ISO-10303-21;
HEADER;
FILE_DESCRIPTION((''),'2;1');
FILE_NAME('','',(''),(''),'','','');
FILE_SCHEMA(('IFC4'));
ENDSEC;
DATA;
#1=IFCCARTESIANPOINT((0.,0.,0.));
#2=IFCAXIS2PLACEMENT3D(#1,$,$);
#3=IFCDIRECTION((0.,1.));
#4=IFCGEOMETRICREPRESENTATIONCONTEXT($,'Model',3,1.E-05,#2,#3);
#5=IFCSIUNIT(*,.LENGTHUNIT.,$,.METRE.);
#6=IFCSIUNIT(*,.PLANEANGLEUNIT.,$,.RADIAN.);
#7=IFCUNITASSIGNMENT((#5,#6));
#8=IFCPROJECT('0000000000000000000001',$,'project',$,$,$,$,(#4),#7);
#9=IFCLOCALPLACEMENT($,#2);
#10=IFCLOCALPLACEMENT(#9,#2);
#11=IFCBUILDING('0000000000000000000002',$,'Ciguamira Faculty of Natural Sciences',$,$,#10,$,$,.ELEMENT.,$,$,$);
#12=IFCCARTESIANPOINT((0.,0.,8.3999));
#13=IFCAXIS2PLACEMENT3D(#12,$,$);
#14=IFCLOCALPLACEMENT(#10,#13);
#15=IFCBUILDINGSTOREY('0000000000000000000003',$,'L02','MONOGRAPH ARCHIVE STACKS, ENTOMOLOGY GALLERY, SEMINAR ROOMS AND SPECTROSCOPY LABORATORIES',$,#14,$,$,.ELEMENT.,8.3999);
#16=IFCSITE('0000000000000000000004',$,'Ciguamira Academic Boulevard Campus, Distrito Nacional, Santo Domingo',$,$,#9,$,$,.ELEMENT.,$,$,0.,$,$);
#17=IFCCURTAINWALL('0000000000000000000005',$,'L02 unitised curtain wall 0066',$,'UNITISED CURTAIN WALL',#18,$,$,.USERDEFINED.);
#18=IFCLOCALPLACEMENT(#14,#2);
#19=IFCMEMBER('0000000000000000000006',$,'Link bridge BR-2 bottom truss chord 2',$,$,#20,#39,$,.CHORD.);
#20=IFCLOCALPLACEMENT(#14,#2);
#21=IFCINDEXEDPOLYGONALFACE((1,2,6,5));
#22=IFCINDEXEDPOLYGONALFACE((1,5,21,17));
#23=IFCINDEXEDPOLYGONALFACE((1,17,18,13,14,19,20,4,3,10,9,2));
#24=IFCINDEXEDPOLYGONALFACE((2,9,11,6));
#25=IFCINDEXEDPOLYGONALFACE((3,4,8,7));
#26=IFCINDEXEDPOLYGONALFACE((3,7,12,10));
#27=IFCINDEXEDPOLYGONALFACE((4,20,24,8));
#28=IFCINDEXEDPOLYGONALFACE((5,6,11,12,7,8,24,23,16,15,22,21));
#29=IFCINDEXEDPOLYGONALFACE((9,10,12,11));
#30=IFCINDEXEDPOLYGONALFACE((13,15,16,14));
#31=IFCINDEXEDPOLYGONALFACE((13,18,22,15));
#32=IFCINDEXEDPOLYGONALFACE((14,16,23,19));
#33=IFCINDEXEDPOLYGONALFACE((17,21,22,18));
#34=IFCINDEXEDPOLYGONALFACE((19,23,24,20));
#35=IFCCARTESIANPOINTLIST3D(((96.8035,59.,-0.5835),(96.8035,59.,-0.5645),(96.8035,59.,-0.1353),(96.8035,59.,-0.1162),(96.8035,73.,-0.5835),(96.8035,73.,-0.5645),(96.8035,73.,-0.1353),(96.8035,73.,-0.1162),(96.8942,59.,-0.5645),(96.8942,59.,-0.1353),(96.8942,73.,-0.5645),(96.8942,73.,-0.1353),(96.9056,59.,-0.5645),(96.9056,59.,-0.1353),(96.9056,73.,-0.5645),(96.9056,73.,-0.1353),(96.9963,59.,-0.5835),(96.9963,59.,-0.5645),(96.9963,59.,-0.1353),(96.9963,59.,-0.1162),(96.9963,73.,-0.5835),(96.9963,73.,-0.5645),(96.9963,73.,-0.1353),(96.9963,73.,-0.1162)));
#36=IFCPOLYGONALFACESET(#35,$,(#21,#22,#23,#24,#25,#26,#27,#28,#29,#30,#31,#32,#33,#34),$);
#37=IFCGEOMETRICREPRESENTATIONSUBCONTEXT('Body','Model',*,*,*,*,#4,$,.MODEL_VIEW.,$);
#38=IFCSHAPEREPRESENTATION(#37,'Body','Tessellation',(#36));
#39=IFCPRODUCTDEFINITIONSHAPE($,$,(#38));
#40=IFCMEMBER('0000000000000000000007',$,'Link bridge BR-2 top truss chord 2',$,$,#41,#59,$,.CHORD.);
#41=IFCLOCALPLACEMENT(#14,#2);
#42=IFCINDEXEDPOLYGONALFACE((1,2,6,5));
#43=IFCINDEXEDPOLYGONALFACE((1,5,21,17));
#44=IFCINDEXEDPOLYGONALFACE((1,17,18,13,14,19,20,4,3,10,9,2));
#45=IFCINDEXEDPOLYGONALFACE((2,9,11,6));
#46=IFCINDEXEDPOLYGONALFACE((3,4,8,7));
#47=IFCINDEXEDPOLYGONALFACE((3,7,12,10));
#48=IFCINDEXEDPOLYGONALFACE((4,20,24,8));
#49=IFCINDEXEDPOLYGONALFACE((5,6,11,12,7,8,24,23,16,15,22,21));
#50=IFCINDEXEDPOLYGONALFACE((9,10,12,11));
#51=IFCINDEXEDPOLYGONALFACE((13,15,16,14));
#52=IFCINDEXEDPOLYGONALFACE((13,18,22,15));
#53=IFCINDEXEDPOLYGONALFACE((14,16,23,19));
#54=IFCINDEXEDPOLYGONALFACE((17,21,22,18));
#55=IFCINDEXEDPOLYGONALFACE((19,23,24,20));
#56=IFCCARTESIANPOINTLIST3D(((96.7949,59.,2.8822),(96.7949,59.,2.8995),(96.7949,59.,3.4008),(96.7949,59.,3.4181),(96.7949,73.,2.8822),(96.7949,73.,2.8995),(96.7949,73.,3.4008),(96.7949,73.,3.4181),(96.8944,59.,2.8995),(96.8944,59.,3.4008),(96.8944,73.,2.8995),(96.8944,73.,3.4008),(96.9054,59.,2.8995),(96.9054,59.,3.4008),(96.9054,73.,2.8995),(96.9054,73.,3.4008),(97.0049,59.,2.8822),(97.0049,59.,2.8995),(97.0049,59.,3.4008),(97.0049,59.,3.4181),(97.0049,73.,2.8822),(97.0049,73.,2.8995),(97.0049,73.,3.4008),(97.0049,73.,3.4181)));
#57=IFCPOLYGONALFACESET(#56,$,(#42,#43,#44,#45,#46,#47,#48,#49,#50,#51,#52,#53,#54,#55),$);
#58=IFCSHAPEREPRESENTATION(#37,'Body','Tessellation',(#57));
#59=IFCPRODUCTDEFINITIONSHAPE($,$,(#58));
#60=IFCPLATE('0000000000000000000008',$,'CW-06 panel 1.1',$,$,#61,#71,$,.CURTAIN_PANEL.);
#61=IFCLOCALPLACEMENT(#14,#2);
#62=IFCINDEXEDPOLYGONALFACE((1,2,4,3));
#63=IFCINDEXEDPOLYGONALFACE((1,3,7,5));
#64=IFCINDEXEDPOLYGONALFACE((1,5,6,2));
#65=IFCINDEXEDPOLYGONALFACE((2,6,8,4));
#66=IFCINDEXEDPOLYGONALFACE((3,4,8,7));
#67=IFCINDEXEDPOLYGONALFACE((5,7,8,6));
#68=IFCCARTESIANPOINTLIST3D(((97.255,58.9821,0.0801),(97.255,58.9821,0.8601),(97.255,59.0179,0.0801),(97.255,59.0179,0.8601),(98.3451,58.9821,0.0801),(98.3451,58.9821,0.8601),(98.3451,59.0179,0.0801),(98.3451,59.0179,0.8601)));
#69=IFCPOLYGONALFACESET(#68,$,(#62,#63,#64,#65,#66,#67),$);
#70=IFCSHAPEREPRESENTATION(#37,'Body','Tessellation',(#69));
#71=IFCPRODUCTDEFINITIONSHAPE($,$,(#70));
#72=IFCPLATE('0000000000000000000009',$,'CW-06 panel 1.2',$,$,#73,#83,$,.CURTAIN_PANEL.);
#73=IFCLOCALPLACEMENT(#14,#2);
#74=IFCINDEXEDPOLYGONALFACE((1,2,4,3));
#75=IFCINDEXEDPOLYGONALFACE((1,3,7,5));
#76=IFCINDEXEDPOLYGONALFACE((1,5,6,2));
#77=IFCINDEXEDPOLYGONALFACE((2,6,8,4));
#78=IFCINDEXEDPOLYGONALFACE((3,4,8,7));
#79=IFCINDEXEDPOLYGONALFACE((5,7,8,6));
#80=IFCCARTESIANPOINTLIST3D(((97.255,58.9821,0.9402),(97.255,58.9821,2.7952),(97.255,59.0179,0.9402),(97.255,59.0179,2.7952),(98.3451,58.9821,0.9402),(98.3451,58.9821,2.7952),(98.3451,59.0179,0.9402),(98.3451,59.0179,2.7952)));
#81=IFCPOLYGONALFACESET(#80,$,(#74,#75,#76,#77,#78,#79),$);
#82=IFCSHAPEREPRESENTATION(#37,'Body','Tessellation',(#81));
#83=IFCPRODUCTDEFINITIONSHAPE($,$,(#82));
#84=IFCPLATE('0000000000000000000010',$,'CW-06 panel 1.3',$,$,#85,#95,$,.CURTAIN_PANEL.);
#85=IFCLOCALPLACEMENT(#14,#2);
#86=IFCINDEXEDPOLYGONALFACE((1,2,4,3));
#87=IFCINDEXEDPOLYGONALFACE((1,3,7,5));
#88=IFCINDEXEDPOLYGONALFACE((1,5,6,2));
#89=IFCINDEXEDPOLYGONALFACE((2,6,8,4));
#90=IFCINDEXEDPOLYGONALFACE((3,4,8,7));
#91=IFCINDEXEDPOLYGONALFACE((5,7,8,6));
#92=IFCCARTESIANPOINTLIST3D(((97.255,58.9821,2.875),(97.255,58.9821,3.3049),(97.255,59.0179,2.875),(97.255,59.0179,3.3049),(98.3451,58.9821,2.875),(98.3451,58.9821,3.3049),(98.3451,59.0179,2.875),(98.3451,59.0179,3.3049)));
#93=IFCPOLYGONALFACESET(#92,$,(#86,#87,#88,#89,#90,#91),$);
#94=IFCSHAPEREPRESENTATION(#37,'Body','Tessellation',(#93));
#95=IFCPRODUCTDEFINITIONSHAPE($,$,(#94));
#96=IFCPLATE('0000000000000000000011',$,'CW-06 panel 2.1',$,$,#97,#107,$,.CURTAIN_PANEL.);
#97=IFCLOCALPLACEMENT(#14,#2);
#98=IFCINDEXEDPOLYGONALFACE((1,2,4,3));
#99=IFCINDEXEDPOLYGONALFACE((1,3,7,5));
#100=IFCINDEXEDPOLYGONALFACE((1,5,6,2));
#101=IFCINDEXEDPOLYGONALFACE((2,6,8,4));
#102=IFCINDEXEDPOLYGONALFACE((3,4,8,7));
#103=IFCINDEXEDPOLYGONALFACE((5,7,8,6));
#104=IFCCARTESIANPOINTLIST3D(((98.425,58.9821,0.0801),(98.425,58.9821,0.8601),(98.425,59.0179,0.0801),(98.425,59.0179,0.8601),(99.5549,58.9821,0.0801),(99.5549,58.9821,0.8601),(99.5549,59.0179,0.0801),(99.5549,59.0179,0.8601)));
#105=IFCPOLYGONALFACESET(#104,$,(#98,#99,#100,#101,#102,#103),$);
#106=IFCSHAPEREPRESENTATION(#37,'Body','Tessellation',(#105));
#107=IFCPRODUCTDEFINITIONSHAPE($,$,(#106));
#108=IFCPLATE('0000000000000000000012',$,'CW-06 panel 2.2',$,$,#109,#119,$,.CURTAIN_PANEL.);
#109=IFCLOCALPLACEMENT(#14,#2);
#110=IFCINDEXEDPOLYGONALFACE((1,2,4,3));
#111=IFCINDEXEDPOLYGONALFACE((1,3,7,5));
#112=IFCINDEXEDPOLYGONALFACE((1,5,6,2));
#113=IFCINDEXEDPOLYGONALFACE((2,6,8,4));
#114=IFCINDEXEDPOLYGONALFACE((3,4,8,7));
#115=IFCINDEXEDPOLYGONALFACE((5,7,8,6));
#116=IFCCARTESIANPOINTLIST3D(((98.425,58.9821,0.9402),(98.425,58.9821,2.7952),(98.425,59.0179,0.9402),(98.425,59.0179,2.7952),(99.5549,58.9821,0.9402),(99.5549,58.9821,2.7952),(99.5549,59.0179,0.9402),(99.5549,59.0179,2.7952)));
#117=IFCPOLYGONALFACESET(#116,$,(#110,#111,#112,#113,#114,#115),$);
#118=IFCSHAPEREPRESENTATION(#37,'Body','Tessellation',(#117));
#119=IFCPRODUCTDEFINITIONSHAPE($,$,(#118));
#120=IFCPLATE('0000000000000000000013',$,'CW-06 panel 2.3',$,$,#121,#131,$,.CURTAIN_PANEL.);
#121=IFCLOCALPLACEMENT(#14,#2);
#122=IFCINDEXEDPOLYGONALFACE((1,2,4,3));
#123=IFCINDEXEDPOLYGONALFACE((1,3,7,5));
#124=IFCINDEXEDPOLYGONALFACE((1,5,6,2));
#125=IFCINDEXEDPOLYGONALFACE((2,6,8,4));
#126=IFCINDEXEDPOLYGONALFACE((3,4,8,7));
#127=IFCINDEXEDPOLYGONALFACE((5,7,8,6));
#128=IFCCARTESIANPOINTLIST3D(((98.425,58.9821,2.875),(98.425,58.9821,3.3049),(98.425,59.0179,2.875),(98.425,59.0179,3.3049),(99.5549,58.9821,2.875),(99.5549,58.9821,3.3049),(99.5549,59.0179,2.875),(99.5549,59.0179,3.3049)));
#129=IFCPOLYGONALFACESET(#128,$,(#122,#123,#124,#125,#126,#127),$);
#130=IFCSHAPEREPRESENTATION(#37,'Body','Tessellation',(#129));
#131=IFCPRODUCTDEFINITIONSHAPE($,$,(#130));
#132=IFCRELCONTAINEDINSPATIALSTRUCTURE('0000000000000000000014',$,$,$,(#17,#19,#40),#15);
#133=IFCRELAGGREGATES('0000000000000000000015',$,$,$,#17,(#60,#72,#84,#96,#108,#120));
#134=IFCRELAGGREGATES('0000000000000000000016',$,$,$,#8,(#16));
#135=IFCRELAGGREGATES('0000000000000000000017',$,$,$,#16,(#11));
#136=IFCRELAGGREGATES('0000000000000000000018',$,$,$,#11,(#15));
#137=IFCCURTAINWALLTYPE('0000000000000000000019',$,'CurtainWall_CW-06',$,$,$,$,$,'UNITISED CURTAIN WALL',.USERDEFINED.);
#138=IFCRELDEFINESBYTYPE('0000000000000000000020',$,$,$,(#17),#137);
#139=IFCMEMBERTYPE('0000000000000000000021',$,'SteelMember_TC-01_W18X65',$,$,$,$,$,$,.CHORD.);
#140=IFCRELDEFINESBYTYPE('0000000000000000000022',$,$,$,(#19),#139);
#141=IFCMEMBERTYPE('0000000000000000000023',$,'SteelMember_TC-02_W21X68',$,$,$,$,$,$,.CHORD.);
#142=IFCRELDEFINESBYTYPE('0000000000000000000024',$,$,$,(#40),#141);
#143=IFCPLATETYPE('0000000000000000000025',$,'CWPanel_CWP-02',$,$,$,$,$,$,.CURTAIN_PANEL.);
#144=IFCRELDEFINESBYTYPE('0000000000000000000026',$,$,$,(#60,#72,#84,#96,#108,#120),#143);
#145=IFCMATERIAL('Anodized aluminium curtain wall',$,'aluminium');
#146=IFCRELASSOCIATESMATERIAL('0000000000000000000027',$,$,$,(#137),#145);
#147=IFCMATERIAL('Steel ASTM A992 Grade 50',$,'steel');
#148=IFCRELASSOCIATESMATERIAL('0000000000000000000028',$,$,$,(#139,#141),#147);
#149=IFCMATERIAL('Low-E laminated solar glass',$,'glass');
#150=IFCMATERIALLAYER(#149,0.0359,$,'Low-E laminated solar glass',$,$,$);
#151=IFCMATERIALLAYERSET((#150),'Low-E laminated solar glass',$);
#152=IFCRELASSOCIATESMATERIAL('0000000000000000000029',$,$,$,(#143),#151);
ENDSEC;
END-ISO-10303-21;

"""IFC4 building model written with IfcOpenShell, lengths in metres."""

from ifc_helpers import new_model, si_unit, direction, frame, origin, origin_2d, place, context, subcontext, project, spatial, rectangle, i_section, extrude, material, layer, layer_set, material_profile, profile_set, type_object, element, aggregate, save


model = new_model("IFC4")

# Units and contexts
model_context = context("Model", 3, precision=1e-05, world=origin(), true_north=direction((0.0, 1.0)))
body_context = subcontext(model_context, "Body", "Model", "MODEL_VIEW")
ifc_project = project(units=[si_unit("LENGTHUNIT", "METRE"), si_unit("PLANEANGLEUNIT", "RADIAN")], contexts=[model_context])

# Site, building, storey
site_placement = place(None, origin())
site = spatial("IfcSite", under=ifc_project, at=site_placement, Name="Ciguamira Academic Boulevard Campus, Distrito Nacional, Santo Domingo", CompositionType="ELEMENT", RefElevation=0.0)
building_placement = place(site_placement, origin())
building = spatial("IfcBuilding", under=site, at=building_placement, Name="Ciguamira Faculty of Natural Sciences", CompositionType="ELEMENT")
storey_placement = place(building_placement, frame((0.0, 0.0, 8.3999)))
storey = spatial("IfcBuildingStorey", under=building, at=storey_placement, Name="L02", Description="MONOGRAPH ARCHIVE STACKS, ENTOMOLOGY GALLERY, SEMINAR ROOMS AND SPECTROSCOPY LABORATORIES", CompositionType="ELEMENT", Elevation=8.3999)

# Curtain wall
ifc_material_1 = material(Name="Anodized aluminium curtain wall", Category="aluminium")
curtain_wall_type = type_object("IfcCurtainWallType", Name="CurtainWall_CW-06", ElementType="UNITISED CURTAIN WALL", PredefinedType="USERDEFINED", material=ifc_material_1)
curtain_wall_placement = place(storey_placement, origin())
curtain_wall = element("IfcCurtainWall", 1, at=curtain_wall_placement, inside=storey, type_object=curtain_wall_type, Name="L02 unitised curtain wall 0066", ObjectType="UNITISED CURTAIN WALL", PredefinedType="USERDEFINED")

# Members
ifc_material_2 = material(Name="Steel ASTM A992 Grade 50", Category="steel")
ifc_material_profile_1 = material_profile(ifc_material_2, i_section(OverallWidth=0.1929, OverallDepth=0.4673, WebThickness=0.0115, FlangeThickness=0.019, at=origin_2d()), Name="W18X65")
ifc_profile_set_1 = profile_set([ifc_material_profile_1], Name="Steel ASTM A992 Grade 50")
member_type_1 = type_object("IfcMemberType", Name="SteelMember_TC-01_W18X65", PredefinedType="CHORD", material=ifc_profile_set_1)
member_1_placement = place(storey_placement, frame((96.8999, 59.0, -0.3499), z_axis=(0.0, 1.0, 0.0), x_axis=(-1.0, 0.0, 0.0)))
element("IfcMember", 2, at=member_1_placement, inside=storey, type_object=member_type_1, Name="Link bridge BR-2 bottom truss chord 2", PredefinedType="CHORD", context=body_context, shape_type="SweptSolid", body=[
    extrude(i_section(OverallWidth=0.1929, OverallDepth=0.4673, WebThickness=0.0115, FlangeThickness=0.019, at=origin_2d()), origin(), (0.0, 0.0, 1.0), 14.0),
])
ifc_material_profile_2 = material_profile(ifc_material_2, i_section(OverallWidth=0.21, OverallDepth=0.5359, WebThickness=0.011, FlangeThickness=0.0173, at=origin_2d()), Name="W21X68")
ifc_profile_set_2 = profile_set([ifc_material_profile_2], Name="Steel ASTM A992 Grade 50")
member_type_2 = type_object("IfcMemberType", Name="SteelMember_TC-02_W21X68", PredefinedType="CHORD", material=ifc_profile_set_2)
member_2_placement = place(storey_placement, frame((96.8999, 59.0, 3.1501), z_axis=(0.0, 1.0, 0.0), x_axis=(-1.0, 0.0, 0.0)))
element("IfcMember", 3, at=member_2_placement, inside=storey, type_object=member_type_2, Name="Link bridge BR-2 top truss chord 2", PredefinedType="CHORD", context=body_context, shape_type="SweptSolid", body=[
    extrude(i_section(OverallWidth=0.21, OverallDepth=0.5359, WebThickness=0.011, FlangeThickness=0.0173, at=origin_2d()), origin(), (0.0, 0.0, 1.0), 14.0),
])

# Plates
ifc_material_3 = material(Name="Low-E laminated solar glass", Category="glass")
ifc_layer = layer(ifc_material_3, 0.0359, Name="Low-E laminated solar glass")
ifc_layer_set = layer_set([ifc_layer], Name="Low-E laminated solar glass")
plate_type = type_object("IfcPlateType", Name="CWPanel_CWP-02", PredefinedType="CURTAIN_PANEL", material=ifc_layer_set)
plate_1_placement = place(storey_placement, frame((97.8, 59.0, 0.0801), z_axis=(0.0, 0.0, 1.0), x_axis=(1.0, 0.0, 0.0)))
plate_1 = element("IfcPlate", 4, at=plate_1_placement, type_object=plate_type, Name="CW-06 panel 1.1", PredefinedType="CURTAIN_PANEL", context=body_context, shape_type="SweptSolid", body=[
    extrude(rectangle(XDim=1.0901, YDim=0.0359, at=origin_2d()), origin(), (0.0, 0.0, 1.0), 0.78),
])
plate_2_placement = place(storey_placement, frame((97.8, 59.0, 0.9402), z_axis=(0.0, 0.0, 1.0), x_axis=(1.0, 0.0, 0.0)))
plate_2 = element("IfcPlate", 5, at=plate_2_placement, type_object=plate_type, Name="CW-06 panel 1.2", PredefinedType="CURTAIN_PANEL", context=body_context, shape_type="SweptSolid", body=[
    extrude(rectangle(XDim=1.0901, YDim=0.0359, at=origin_2d()), origin(), (0.0, 0.0, 1.0), 1.855),
])
plate_3_placement = place(storey_placement, frame((97.8, 59.0, 2.875), z_axis=(0.0, 0.0, 1.0), x_axis=(1.0, 0.0, 0.0)))
plate_3 = element("IfcPlate", 6, at=plate_3_placement, type_object=plate_type, Name="CW-06 panel 1.3", PredefinedType="CURTAIN_PANEL", context=body_context, shape_type="SweptSolid", body=[
    extrude(rectangle(XDim=1.0901, YDim=0.0359, at=origin_2d()), origin(), (0.0, 0.0, 1.0), 0.4299),
])
plate_4_placement = place(storey_placement, frame((98.99, 59.0, 0.0801), z_axis=(0.0, 0.0, 1.0), x_axis=(1.0, 0.0, 0.0)))
plate_4 = element("IfcPlate", 7, at=plate_4_placement, type_object=plate_type, Name="CW-06 panel 2.1", PredefinedType="CURTAIN_PANEL", context=body_context, shape_type="SweptSolid", body=[
    extrude(rectangle(XDim=1.1299, YDim=0.0359, at=origin_2d()), origin(), (0.0, 0.0, 1.0), 0.78),
])
plate_5_placement = place(storey_placement, frame((98.99, 59.0, 0.9402), z_axis=(0.0, 0.0, 1.0), x_axis=(1.0, 0.0, 0.0)))
plate_5 = element("IfcPlate", 8, at=plate_5_placement, type_object=plate_type, Name="CW-06 panel 2.2", PredefinedType="CURTAIN_PANEL", context=body_context, shape_type="SweptSolid", body=[
    extrude(rectangle(XDim=1.1299, YDim=0.0359, at=origin_2d()), origin(), (0.0, 0.0, 1.0), 1.855),
])
plate_6_placement = place(storey_placement, frame((98.99, 59.0, 2.875), z_axis=(0.0, 0.0, 1.0), x_axis=(1.0, 0.0, 0.0)))
plate_6 = element("IfcPlate", 9, at=plate_6_placement, type_object=plate_type, Name="CW-06 panel 2.3", PredefinedType="CURTAIN_PANEL", context=body_context, shape_type="SweptSolid", body=[
    extrude(rectangle(XDim=1.1299, YDim=0.0359, at=origin_2d()), origin(), (0.0, 0.0, 1.0), 0.4299),
])
aggregate(curtain_wall, [plate_1, plate_2, plate_3, plate_4, plate_5, plate_6])

save(model, "model.ifc")
